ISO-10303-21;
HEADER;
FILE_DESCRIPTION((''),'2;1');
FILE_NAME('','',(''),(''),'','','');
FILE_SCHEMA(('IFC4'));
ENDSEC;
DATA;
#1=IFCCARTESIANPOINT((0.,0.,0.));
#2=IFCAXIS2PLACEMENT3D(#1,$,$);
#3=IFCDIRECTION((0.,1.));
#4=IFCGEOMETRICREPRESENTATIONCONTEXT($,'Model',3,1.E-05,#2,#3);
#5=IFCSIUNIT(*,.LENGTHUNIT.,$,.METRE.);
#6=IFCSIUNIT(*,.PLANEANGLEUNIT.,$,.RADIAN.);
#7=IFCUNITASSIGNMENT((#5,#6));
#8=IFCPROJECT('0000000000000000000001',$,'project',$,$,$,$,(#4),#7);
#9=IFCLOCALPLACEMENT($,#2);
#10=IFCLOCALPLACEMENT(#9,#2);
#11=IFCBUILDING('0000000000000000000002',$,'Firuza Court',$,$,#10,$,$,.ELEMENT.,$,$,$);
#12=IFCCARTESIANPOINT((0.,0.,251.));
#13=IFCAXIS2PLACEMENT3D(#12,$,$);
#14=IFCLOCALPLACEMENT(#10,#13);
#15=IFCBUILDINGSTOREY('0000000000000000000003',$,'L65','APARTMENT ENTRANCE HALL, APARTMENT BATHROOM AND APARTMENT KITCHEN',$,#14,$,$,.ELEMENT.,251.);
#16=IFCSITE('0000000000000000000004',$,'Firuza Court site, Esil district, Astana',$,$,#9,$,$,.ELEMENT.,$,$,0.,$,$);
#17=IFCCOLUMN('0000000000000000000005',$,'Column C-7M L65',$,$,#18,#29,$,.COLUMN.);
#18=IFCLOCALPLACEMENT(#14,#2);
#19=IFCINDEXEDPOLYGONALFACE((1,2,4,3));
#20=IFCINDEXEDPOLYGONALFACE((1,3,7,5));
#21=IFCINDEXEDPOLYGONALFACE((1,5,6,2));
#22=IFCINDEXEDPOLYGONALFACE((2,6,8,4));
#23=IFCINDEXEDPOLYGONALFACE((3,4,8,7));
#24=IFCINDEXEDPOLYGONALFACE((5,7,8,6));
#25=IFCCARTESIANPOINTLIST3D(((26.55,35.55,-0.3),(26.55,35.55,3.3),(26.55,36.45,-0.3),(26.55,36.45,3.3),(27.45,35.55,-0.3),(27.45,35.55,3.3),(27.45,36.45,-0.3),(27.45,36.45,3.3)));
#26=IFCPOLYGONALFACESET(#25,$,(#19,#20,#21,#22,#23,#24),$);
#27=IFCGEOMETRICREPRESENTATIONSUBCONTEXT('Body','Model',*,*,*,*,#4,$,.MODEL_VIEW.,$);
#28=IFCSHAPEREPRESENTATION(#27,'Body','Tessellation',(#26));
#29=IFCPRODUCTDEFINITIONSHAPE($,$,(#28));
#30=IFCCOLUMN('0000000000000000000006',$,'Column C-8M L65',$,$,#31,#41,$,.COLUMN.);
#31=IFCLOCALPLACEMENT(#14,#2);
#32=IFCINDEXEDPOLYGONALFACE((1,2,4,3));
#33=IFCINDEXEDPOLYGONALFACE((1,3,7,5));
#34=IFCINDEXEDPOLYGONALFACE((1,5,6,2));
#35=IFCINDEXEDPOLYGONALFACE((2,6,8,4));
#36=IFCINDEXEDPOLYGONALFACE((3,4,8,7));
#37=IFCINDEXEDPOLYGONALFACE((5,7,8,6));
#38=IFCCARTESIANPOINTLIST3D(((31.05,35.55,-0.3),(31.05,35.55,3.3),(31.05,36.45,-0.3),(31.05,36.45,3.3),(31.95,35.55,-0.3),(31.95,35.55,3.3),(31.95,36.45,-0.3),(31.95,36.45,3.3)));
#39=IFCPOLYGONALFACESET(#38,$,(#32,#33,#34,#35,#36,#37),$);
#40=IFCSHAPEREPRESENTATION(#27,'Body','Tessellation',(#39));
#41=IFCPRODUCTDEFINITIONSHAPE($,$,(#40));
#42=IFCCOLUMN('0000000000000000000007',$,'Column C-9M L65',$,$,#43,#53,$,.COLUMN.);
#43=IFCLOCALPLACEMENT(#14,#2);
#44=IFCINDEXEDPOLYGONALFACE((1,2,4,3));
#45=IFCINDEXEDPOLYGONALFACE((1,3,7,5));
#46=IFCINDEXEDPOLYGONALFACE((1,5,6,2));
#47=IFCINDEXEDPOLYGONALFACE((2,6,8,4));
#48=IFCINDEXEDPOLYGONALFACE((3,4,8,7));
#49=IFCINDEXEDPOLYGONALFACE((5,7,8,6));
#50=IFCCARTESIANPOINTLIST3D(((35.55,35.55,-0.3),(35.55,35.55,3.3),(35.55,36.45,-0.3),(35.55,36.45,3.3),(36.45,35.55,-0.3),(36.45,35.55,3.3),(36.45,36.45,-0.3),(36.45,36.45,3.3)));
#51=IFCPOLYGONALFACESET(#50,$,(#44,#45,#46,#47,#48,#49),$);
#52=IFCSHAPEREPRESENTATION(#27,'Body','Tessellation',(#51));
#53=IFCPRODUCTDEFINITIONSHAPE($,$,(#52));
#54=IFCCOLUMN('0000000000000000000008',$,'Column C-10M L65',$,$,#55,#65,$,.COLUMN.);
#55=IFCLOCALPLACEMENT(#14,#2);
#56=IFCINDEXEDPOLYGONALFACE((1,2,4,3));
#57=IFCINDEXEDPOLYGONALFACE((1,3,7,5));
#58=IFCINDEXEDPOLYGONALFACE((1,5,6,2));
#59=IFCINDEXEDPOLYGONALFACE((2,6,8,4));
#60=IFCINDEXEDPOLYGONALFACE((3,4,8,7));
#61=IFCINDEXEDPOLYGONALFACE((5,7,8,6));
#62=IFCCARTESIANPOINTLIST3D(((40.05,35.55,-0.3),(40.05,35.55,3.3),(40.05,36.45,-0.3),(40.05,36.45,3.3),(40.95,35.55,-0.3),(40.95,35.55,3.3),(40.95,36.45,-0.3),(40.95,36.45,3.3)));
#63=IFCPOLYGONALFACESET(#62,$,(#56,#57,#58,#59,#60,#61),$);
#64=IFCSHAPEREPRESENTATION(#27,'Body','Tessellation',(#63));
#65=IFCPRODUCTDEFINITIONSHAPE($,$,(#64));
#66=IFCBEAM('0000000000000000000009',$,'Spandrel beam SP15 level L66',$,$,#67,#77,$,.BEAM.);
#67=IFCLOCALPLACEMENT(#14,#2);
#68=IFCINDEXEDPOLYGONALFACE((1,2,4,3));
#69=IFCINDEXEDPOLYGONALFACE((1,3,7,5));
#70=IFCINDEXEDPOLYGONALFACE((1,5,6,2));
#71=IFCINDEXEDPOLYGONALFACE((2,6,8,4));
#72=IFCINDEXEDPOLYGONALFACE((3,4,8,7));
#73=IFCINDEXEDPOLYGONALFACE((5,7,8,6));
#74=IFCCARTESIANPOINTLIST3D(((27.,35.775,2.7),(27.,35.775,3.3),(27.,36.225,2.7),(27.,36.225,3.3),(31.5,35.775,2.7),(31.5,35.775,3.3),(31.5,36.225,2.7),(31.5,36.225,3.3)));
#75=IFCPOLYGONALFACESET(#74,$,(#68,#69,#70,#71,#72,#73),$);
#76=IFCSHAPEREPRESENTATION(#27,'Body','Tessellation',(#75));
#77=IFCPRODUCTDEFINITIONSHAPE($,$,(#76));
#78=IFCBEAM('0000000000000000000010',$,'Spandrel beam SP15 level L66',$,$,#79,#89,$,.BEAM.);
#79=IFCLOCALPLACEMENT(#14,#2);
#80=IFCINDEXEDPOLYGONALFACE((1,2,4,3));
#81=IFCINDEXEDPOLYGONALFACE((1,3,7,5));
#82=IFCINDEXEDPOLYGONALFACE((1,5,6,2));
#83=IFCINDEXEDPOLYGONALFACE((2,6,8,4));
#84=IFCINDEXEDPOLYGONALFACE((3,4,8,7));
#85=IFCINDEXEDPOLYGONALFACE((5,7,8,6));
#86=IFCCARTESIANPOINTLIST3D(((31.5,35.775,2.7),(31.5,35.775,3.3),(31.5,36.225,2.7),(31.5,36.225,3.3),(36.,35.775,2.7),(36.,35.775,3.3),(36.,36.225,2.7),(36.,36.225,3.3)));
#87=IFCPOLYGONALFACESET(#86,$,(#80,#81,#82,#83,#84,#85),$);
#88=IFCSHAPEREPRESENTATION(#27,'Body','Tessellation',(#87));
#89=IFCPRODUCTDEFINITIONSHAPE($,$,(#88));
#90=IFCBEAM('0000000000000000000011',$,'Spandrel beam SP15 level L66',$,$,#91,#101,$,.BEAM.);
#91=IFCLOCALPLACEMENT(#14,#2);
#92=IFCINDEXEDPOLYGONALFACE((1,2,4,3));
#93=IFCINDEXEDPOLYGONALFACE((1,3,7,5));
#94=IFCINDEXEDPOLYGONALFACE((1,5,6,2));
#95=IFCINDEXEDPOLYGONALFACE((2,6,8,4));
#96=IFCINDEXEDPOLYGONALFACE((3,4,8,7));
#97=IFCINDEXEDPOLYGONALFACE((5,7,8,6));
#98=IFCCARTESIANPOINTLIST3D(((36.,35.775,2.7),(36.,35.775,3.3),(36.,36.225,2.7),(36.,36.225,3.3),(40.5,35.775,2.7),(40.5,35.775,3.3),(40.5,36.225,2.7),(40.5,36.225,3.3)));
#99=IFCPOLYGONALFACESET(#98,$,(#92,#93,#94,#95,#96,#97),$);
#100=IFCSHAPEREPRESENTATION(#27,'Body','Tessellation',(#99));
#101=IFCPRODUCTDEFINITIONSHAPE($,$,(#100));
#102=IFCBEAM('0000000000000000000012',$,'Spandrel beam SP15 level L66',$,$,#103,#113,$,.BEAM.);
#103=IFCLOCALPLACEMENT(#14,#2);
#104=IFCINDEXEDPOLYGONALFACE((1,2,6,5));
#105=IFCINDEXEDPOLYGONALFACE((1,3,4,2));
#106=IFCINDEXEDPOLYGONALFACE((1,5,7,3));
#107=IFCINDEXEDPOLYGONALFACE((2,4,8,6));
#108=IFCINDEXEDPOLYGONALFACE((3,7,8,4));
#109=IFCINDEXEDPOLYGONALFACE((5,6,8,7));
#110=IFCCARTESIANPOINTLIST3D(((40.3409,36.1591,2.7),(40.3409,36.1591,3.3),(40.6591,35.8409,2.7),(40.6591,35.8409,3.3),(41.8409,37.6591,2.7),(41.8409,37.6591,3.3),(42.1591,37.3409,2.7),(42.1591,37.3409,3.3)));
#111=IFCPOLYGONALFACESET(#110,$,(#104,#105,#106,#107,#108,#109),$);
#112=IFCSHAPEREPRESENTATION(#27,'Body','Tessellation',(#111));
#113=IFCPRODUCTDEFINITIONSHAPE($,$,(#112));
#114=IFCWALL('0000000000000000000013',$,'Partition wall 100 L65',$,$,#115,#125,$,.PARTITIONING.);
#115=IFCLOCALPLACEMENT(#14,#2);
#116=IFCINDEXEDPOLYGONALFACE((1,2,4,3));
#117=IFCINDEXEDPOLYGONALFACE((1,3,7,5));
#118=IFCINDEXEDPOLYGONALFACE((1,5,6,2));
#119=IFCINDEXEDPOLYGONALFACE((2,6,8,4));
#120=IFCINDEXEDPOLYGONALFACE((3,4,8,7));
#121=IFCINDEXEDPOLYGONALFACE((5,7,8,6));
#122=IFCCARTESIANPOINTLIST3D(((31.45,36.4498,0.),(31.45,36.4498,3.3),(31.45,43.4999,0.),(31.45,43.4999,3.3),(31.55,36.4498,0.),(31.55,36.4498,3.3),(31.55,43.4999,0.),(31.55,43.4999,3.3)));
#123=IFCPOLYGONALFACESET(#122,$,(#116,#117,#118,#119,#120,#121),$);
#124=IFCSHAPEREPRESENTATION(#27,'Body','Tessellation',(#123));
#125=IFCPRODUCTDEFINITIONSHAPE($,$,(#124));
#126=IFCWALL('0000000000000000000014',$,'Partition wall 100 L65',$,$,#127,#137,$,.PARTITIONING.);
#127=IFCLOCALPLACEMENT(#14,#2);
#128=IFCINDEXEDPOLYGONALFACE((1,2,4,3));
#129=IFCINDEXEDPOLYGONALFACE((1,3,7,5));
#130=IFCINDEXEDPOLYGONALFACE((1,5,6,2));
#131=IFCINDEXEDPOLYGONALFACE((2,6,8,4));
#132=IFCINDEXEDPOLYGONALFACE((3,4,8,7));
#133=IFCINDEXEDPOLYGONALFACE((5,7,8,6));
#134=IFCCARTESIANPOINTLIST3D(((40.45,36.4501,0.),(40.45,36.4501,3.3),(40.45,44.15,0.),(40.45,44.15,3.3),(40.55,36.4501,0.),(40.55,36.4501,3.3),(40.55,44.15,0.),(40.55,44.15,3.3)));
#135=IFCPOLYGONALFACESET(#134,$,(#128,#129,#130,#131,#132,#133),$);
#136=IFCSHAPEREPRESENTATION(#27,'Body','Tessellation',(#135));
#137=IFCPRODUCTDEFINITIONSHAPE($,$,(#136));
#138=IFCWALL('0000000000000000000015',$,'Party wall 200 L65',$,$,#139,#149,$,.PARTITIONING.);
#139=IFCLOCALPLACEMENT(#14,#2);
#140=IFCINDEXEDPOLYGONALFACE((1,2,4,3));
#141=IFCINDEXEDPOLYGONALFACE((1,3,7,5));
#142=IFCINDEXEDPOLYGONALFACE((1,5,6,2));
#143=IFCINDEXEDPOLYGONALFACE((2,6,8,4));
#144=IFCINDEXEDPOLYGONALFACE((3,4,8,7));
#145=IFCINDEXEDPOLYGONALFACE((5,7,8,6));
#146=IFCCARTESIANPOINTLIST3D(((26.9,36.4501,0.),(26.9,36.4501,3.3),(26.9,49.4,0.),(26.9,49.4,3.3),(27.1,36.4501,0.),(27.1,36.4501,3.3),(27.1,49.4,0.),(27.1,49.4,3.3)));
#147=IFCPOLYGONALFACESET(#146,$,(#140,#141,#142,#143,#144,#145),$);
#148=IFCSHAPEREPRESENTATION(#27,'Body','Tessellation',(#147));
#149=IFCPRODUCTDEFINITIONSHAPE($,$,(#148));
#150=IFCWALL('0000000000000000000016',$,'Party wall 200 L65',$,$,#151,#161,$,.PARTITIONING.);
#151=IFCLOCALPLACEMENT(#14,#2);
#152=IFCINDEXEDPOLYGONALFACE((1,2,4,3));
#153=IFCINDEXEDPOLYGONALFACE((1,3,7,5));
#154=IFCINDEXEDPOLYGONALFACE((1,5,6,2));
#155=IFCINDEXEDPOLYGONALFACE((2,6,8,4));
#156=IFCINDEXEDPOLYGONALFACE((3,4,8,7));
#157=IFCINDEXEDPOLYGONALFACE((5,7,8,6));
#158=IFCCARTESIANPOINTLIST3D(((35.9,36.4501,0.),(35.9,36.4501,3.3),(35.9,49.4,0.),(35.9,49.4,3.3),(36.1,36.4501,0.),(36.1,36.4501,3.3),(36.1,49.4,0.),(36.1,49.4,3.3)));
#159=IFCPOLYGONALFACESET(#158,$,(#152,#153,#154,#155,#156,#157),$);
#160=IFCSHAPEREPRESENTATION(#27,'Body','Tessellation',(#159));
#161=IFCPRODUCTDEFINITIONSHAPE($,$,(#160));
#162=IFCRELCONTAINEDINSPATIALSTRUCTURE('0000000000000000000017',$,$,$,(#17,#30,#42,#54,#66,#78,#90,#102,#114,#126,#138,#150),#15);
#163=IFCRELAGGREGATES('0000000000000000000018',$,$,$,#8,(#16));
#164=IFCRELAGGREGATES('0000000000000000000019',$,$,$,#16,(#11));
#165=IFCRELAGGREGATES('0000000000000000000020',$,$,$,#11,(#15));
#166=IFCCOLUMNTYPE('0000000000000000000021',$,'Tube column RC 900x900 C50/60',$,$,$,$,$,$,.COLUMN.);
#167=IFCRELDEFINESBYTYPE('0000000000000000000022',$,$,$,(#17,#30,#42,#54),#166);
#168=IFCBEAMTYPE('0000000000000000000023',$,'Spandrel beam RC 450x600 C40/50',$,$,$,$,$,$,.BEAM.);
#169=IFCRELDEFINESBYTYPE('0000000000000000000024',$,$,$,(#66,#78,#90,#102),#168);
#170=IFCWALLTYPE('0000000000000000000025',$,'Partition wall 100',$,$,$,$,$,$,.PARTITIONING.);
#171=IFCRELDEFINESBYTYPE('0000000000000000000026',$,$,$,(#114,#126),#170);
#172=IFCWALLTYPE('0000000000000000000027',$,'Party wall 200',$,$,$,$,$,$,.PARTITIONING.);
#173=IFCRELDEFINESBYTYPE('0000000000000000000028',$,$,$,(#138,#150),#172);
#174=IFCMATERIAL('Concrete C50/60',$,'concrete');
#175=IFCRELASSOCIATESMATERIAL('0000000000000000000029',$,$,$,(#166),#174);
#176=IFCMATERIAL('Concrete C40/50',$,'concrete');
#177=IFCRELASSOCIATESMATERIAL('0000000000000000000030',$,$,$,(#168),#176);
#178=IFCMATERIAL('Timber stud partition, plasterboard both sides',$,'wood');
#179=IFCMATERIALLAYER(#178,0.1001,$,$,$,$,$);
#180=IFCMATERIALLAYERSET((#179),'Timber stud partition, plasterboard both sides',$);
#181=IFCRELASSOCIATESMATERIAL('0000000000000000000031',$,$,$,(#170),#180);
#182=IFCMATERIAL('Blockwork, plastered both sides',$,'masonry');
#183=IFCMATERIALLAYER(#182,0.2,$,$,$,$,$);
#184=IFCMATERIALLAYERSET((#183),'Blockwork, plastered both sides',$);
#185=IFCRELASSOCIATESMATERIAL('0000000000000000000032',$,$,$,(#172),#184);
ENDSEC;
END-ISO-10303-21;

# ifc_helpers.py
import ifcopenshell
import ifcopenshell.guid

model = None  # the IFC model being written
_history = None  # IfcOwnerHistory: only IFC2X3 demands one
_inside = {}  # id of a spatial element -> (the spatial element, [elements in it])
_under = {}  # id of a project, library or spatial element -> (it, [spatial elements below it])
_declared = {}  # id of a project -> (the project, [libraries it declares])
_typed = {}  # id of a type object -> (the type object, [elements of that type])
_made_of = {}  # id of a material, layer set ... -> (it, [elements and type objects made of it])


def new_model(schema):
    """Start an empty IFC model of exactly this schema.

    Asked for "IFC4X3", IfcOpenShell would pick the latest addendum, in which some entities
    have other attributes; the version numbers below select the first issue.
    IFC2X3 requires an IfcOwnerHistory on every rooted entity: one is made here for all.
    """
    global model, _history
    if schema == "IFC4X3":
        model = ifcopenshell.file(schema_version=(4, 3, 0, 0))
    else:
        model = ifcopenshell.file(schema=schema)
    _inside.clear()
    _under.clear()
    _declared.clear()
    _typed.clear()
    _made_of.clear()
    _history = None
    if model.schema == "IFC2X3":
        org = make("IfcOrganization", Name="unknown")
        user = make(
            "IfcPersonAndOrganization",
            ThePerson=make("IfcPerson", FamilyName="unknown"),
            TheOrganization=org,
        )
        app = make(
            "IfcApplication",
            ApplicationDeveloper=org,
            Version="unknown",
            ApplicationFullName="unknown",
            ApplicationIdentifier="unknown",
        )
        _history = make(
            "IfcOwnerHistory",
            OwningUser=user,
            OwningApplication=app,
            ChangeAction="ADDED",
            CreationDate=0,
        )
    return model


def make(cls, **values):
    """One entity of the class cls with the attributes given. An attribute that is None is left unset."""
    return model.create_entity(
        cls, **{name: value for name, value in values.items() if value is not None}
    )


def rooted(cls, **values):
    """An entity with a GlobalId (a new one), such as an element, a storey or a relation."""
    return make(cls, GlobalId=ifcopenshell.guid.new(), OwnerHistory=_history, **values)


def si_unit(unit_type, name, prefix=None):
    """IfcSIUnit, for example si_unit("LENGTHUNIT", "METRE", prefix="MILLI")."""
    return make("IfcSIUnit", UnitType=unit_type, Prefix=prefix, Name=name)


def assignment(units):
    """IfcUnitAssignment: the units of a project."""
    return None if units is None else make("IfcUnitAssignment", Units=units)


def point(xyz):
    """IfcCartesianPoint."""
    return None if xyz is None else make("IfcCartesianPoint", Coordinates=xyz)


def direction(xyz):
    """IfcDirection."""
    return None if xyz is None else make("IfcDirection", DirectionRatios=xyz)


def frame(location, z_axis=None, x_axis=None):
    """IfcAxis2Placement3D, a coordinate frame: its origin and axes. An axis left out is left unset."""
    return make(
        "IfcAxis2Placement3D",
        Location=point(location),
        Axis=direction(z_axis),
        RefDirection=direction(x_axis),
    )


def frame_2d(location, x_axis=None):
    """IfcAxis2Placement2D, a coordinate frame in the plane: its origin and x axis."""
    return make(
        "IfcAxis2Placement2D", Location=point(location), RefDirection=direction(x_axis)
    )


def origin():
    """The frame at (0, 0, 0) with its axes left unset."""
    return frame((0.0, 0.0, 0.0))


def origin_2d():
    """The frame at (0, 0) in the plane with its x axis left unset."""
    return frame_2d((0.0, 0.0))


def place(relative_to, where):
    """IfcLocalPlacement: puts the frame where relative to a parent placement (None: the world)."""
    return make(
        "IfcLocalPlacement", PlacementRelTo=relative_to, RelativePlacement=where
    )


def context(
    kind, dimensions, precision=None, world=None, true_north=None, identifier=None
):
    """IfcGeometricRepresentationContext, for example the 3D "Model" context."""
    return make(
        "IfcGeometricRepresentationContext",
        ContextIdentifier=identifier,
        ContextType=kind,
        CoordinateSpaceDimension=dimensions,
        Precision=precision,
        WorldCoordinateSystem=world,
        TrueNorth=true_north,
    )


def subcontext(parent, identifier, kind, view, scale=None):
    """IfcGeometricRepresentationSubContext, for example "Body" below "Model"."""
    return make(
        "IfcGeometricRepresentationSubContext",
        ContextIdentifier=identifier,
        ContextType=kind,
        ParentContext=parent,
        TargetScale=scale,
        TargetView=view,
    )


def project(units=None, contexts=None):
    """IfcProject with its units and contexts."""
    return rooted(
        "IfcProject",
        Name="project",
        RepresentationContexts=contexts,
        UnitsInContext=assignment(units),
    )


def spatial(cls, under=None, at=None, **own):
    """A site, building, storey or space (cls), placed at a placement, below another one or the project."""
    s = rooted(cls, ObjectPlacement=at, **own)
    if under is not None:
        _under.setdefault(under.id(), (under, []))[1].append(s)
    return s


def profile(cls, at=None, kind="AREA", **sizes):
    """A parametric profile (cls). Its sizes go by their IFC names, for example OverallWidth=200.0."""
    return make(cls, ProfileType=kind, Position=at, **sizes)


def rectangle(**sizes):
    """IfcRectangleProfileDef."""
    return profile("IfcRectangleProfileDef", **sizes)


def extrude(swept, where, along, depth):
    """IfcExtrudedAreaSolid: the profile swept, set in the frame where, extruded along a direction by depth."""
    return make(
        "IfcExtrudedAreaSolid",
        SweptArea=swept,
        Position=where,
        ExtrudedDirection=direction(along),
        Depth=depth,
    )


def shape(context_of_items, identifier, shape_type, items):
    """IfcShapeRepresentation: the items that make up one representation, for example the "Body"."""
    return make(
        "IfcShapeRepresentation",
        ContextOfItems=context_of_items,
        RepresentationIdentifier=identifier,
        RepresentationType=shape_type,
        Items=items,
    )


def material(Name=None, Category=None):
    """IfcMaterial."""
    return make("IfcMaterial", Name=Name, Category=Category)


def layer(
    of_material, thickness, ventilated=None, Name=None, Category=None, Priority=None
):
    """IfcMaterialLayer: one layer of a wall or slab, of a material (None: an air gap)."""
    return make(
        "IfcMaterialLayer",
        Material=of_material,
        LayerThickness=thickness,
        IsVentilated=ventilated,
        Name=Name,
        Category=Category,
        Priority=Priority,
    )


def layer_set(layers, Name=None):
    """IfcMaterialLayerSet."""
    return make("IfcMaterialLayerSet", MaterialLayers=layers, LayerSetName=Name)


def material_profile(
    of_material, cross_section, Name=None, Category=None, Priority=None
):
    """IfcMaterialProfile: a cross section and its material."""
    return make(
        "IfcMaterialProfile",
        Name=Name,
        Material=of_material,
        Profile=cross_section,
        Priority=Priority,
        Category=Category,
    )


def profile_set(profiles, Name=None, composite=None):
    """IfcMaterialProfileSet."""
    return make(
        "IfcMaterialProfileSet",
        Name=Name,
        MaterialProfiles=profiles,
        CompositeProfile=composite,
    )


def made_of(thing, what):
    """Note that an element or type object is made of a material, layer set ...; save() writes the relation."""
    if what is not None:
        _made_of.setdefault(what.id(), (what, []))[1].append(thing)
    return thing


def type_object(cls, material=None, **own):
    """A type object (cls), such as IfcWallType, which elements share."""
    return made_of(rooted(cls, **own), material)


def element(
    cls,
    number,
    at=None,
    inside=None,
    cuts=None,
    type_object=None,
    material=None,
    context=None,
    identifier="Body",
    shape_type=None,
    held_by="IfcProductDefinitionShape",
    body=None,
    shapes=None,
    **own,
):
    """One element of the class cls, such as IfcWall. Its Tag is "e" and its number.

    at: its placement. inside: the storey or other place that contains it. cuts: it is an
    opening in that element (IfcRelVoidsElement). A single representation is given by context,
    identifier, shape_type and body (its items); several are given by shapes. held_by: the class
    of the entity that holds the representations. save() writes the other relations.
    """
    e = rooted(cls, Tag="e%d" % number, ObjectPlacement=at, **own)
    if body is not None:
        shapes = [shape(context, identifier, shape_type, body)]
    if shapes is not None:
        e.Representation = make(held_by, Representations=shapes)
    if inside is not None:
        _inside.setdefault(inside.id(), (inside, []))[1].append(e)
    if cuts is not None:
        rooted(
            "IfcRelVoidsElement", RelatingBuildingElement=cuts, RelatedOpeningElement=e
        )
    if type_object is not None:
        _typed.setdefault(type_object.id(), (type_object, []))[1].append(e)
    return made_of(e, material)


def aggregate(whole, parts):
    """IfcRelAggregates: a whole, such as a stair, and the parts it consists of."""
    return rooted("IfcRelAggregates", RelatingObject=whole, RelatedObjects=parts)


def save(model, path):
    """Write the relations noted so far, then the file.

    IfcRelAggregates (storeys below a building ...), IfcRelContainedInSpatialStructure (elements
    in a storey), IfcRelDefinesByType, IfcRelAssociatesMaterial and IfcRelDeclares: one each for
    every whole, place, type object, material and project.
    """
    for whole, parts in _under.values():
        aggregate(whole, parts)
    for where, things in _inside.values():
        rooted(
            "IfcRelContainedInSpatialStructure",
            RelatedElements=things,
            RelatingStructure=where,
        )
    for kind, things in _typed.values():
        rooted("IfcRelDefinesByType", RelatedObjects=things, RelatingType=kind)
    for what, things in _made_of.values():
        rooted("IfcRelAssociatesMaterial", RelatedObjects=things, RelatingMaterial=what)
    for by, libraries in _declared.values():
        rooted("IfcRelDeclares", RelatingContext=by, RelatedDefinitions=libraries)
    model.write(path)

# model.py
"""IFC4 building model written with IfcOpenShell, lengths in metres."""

from ifc_helpers import new_model, si_unit, direction, frame, frame_2d, origin, origin_2d, place, context, subcontext, project, spatial, rectangle, extrude, material, layer, layer_set, material_profile, profile_set, type_object, element, save


model = new_model("IFC4")

# Units and contexts
model_context = context("Model", 3, precision=1e-05, world=origin(), true_north=direction((0.0, 1.0)))
body_context = subcontext(model_context, "Body", "Model", "MODEL_VIEW")
ifc_project = project(units=[si_unit("LENGTHUNIT", "METRE"), si_unit("PLANEANGLEUNIT", "RADIAN")], contexts=[model_context])

# Site, building, storey
site_placement = place(None, origin())
site = spatial("IfcSite", under=ifc_project, at=site_placement, Name="Firuza Court site, Esil district, Astana", CompositionType="ELEMENT", RefElevation=0.0)
building_placement = place(site_placement, origin())
building = spatial("IfcBuilding", under=site, at=building_placement, Name="Firuza Court", CompositionType="ELEMENT")
storey_placement = place(building_placement, frame((0.0, 0.0, 251.0)))
storey = spatial("IfcBuildingStorey", under=building, at=storey_placement, Name="L65", Description="APARTMENT ENTRANCE HALL, APARTMENT BATHROOM AND APARTMENT KITCHEN", CompositionType="ELEMENT", Elevation=251.0)

# Columns
ifc_material_1 = material(Name="Concrete C50/60", Category="concrete")
ifc_material_profile_1 = material_profile(ifc_material_1, rectangle(XDim=0.8999, YDim=0.8999, at=origin_2d()), Name="RC 900x900")
ifc_profile_set_1 = profile_set([ifc_material_profile_1], Name="Concrete C50/60")
column_type = type_object("IfcColumnType", Name="Tube column RC 900x900 C50/60", PredefinedType="COLUMN", material=ifc_profile_set_1)
for number, where, z_axis, x_axis, name in (
    (1, (27.0, 36.0, -0.3), (0.0, 0.0, 1.0), (1.0, 0.0, 0.0), "Column C-7M L65"),
    (2, (31.5, 36.0, -0.3), (0.0, 0.0, 1.0), (1.0, 0.0, 0.0), "Column C-8M L65"),
    (3, (36.0, 36.0, -0.3), (0.0, 0.0, 1.0), (1.0, 0.0, 0.0), "Column C-9M L65"),
    (4, (40.5, 36.0, -0.3), (0.0, 0.0, 1.0), (1.0, 0.0, 0.0), "Column C-10M L65"),
):
    element("IfcColumn", number, at=place(storey_placement, frame(where, z_axis=z_axis, x_axis=x_axis)), inside=storey, type_object=column_type, Name=name, PredefinedType="COLUMN", context=body_context, shape_type="SweptSolid", body=[
        extrude(rectangle(XDim=0.8999, YDim=0.8999, at=origin_2d()), origin(), (0.0, 0.0, 1.0), 3.6001),
    ])

# Beams
ifc_material_2 = material(Name="Concrete C40/50", Category="concrete")
ifc_material_profile_2 = material_profile(ifc_material_2, rectangle(XDim=0.45, YDim=0.6001, at=origin_2d()), Name="RC 450x600")
ifc_profile_set_2 = profile_set([ifc_material_profile_2], Name="Concrete C40/50")
beam_type = type_object("IfcBeamType", Name="Spandrel beam RC 450x600 C40/50", PredefinedType="BEAM", material=ifc_profile_set_2)
for number, where, z_axis, x_axis, name in (
    (5, (27.0, 36.0, 3.0), (1.0, 0.0, 0.0), (0.0, 1.0, 0.0), "Spandrel beam SP15 level L66"),
    (6, (31.5, 36.0, 3.0), (1.0, 0.0, 0.0), (0.0, 1.0, 0.0), "Spandrel beam SP15 level L66"),
    (7, (36.0, 36.0, 3.0), (1.0, 0.0, 0.0), (0.0, 1.0, 0.0), "Spandrel beam SP15 level L66"),
):
    element("IfcBeam", number, at=place(storey_placement, frame(where, z_axis=z_axis, x_axis=x_axis)), inside=storey, type_object=beam_type, Name=name, PredefinedType="BEAM", context=body_context, shape_type="SweptSolid", body=[
        extrude(rectangle(XDim=0.45, YDim=0.6001, at=origin_2d()), origin(), (0.0, 0.0, 1.0), 4.5),
    ])
beam_placement = place(storey_placement, frame((40.5, 36.0, 3.0), z_axis=(0.707107, 0.707107, 0.0), x_axis=(-0.707107, 0.707107, 0.0)))
element("IfcBeam", 8, at=beam_placement, inside=storey, type_object=beam_type, Name="Spandrel beam SP15 level L66", PredefinedType="BEAM", context=body_context, shape_type="SweptSolid", body=[
    extrude(rectangle(XDim=0.45, YDim=0.6001, at=origin_2d()), origin(), (0.0, 0.0, 1.0), 2.1213),
])

# Walls
ifc_material_3 = material(Name="Timber stud partition, plasterboard both sides", Category="wood")
ifc_layer_1 = layer(ifc_material_3, 0.1001)
ifc_layer_set_1 = layer_set([ifc_layer_1], Name="Timber stud partition, plasterboard both sides")
wall_type_1 = type_object("IfcWallType", Name="Partition wall 100", PredefinedType="PARTITIONING", material=ifc_layer_set_1)
wall_1_placement = place(storey_placement, frame((31.5, 36.45, 0.0), z_axis=(0.0, 0.0, 1.0), x_axis=(0.0, 1.0, 0.0)))
element("IfcWall", 9, at=wall_1_placement, inside=storey, type_object=wall_type_1, Name="Partition wall 100 L65", PredefinedType="PARTITIONING", context=body_context, shape_type="SweptSolid", body=[
    extrude(rectangle(XDim=7.05, YDim=0.1001, at=frame_2d((3.5249, 0.0))), origin(), (0.0, 0.0, 1.0), 3.3),
])
wall_2_placement = place(storey_placement, frame((40.5, 36.45, 0.0), z_axis=(0.0, 0.0, 1.0), x_axis=(0.0, 1.0, 0.0)))
element("IfcWall", 10, at=wall_2_placement, inside=storey, type_object=wall_type_1, Name="Partition wall 100 L65", PredefinedType="PARTITIONING", context=body_context, shape_type="SweptSolid", body=[
    extrude(rectangle(XDim=7.7, YDim=0.1001, at=frame_2d((3.8501, 0.0))), origin(), (0.0, 0.0, 1.0), 3.3),
])
ifc_material_4 = material(Name="Blockwork, plastered both sides", Category="masonry")
ifc_layer_2 = layer(ifc_material_4, 0.2)
ifc_layer_set_2 = layer_set([ifc_layer_2], Name="Blockwork, plastered both sides")
wall_type_2 = type_object("IfcWallType", Name="Party wall 200", PredefinedType="PARTITIONING", material=ifc_layer_set_2)
for number, where, z_axis, x_axis, name in (
    (11, (27.0, 36.45, 0.0), (0.0, 0.0, 1.0), (0.0, 1.0, 0.0), "Party wall 200 L65"),
    (12, (36.0, 36.45, 0.0), (0.0, 0.0, 1.0), (0.0, 1.0, 0.0), "Party wall 200 L65"),
):
    element("IfcWall", number, at=place(storey_placement, frame(where, z_axis=z_axis, x_axis=x_axis)), inside=storey, type_object=wall_type_2, Name=name, PredefinedType="PARTITIONING", context=body_context, shape_type="SweptSolid", body=[
        extrude(rectangle(XDim=12.95, YDim=0.2, at=frame_2d((6.4751, 0.0))), origin(), (0.0, 0.0, 1.0), 3.3),
    ])

save(model, "model.ifc")
